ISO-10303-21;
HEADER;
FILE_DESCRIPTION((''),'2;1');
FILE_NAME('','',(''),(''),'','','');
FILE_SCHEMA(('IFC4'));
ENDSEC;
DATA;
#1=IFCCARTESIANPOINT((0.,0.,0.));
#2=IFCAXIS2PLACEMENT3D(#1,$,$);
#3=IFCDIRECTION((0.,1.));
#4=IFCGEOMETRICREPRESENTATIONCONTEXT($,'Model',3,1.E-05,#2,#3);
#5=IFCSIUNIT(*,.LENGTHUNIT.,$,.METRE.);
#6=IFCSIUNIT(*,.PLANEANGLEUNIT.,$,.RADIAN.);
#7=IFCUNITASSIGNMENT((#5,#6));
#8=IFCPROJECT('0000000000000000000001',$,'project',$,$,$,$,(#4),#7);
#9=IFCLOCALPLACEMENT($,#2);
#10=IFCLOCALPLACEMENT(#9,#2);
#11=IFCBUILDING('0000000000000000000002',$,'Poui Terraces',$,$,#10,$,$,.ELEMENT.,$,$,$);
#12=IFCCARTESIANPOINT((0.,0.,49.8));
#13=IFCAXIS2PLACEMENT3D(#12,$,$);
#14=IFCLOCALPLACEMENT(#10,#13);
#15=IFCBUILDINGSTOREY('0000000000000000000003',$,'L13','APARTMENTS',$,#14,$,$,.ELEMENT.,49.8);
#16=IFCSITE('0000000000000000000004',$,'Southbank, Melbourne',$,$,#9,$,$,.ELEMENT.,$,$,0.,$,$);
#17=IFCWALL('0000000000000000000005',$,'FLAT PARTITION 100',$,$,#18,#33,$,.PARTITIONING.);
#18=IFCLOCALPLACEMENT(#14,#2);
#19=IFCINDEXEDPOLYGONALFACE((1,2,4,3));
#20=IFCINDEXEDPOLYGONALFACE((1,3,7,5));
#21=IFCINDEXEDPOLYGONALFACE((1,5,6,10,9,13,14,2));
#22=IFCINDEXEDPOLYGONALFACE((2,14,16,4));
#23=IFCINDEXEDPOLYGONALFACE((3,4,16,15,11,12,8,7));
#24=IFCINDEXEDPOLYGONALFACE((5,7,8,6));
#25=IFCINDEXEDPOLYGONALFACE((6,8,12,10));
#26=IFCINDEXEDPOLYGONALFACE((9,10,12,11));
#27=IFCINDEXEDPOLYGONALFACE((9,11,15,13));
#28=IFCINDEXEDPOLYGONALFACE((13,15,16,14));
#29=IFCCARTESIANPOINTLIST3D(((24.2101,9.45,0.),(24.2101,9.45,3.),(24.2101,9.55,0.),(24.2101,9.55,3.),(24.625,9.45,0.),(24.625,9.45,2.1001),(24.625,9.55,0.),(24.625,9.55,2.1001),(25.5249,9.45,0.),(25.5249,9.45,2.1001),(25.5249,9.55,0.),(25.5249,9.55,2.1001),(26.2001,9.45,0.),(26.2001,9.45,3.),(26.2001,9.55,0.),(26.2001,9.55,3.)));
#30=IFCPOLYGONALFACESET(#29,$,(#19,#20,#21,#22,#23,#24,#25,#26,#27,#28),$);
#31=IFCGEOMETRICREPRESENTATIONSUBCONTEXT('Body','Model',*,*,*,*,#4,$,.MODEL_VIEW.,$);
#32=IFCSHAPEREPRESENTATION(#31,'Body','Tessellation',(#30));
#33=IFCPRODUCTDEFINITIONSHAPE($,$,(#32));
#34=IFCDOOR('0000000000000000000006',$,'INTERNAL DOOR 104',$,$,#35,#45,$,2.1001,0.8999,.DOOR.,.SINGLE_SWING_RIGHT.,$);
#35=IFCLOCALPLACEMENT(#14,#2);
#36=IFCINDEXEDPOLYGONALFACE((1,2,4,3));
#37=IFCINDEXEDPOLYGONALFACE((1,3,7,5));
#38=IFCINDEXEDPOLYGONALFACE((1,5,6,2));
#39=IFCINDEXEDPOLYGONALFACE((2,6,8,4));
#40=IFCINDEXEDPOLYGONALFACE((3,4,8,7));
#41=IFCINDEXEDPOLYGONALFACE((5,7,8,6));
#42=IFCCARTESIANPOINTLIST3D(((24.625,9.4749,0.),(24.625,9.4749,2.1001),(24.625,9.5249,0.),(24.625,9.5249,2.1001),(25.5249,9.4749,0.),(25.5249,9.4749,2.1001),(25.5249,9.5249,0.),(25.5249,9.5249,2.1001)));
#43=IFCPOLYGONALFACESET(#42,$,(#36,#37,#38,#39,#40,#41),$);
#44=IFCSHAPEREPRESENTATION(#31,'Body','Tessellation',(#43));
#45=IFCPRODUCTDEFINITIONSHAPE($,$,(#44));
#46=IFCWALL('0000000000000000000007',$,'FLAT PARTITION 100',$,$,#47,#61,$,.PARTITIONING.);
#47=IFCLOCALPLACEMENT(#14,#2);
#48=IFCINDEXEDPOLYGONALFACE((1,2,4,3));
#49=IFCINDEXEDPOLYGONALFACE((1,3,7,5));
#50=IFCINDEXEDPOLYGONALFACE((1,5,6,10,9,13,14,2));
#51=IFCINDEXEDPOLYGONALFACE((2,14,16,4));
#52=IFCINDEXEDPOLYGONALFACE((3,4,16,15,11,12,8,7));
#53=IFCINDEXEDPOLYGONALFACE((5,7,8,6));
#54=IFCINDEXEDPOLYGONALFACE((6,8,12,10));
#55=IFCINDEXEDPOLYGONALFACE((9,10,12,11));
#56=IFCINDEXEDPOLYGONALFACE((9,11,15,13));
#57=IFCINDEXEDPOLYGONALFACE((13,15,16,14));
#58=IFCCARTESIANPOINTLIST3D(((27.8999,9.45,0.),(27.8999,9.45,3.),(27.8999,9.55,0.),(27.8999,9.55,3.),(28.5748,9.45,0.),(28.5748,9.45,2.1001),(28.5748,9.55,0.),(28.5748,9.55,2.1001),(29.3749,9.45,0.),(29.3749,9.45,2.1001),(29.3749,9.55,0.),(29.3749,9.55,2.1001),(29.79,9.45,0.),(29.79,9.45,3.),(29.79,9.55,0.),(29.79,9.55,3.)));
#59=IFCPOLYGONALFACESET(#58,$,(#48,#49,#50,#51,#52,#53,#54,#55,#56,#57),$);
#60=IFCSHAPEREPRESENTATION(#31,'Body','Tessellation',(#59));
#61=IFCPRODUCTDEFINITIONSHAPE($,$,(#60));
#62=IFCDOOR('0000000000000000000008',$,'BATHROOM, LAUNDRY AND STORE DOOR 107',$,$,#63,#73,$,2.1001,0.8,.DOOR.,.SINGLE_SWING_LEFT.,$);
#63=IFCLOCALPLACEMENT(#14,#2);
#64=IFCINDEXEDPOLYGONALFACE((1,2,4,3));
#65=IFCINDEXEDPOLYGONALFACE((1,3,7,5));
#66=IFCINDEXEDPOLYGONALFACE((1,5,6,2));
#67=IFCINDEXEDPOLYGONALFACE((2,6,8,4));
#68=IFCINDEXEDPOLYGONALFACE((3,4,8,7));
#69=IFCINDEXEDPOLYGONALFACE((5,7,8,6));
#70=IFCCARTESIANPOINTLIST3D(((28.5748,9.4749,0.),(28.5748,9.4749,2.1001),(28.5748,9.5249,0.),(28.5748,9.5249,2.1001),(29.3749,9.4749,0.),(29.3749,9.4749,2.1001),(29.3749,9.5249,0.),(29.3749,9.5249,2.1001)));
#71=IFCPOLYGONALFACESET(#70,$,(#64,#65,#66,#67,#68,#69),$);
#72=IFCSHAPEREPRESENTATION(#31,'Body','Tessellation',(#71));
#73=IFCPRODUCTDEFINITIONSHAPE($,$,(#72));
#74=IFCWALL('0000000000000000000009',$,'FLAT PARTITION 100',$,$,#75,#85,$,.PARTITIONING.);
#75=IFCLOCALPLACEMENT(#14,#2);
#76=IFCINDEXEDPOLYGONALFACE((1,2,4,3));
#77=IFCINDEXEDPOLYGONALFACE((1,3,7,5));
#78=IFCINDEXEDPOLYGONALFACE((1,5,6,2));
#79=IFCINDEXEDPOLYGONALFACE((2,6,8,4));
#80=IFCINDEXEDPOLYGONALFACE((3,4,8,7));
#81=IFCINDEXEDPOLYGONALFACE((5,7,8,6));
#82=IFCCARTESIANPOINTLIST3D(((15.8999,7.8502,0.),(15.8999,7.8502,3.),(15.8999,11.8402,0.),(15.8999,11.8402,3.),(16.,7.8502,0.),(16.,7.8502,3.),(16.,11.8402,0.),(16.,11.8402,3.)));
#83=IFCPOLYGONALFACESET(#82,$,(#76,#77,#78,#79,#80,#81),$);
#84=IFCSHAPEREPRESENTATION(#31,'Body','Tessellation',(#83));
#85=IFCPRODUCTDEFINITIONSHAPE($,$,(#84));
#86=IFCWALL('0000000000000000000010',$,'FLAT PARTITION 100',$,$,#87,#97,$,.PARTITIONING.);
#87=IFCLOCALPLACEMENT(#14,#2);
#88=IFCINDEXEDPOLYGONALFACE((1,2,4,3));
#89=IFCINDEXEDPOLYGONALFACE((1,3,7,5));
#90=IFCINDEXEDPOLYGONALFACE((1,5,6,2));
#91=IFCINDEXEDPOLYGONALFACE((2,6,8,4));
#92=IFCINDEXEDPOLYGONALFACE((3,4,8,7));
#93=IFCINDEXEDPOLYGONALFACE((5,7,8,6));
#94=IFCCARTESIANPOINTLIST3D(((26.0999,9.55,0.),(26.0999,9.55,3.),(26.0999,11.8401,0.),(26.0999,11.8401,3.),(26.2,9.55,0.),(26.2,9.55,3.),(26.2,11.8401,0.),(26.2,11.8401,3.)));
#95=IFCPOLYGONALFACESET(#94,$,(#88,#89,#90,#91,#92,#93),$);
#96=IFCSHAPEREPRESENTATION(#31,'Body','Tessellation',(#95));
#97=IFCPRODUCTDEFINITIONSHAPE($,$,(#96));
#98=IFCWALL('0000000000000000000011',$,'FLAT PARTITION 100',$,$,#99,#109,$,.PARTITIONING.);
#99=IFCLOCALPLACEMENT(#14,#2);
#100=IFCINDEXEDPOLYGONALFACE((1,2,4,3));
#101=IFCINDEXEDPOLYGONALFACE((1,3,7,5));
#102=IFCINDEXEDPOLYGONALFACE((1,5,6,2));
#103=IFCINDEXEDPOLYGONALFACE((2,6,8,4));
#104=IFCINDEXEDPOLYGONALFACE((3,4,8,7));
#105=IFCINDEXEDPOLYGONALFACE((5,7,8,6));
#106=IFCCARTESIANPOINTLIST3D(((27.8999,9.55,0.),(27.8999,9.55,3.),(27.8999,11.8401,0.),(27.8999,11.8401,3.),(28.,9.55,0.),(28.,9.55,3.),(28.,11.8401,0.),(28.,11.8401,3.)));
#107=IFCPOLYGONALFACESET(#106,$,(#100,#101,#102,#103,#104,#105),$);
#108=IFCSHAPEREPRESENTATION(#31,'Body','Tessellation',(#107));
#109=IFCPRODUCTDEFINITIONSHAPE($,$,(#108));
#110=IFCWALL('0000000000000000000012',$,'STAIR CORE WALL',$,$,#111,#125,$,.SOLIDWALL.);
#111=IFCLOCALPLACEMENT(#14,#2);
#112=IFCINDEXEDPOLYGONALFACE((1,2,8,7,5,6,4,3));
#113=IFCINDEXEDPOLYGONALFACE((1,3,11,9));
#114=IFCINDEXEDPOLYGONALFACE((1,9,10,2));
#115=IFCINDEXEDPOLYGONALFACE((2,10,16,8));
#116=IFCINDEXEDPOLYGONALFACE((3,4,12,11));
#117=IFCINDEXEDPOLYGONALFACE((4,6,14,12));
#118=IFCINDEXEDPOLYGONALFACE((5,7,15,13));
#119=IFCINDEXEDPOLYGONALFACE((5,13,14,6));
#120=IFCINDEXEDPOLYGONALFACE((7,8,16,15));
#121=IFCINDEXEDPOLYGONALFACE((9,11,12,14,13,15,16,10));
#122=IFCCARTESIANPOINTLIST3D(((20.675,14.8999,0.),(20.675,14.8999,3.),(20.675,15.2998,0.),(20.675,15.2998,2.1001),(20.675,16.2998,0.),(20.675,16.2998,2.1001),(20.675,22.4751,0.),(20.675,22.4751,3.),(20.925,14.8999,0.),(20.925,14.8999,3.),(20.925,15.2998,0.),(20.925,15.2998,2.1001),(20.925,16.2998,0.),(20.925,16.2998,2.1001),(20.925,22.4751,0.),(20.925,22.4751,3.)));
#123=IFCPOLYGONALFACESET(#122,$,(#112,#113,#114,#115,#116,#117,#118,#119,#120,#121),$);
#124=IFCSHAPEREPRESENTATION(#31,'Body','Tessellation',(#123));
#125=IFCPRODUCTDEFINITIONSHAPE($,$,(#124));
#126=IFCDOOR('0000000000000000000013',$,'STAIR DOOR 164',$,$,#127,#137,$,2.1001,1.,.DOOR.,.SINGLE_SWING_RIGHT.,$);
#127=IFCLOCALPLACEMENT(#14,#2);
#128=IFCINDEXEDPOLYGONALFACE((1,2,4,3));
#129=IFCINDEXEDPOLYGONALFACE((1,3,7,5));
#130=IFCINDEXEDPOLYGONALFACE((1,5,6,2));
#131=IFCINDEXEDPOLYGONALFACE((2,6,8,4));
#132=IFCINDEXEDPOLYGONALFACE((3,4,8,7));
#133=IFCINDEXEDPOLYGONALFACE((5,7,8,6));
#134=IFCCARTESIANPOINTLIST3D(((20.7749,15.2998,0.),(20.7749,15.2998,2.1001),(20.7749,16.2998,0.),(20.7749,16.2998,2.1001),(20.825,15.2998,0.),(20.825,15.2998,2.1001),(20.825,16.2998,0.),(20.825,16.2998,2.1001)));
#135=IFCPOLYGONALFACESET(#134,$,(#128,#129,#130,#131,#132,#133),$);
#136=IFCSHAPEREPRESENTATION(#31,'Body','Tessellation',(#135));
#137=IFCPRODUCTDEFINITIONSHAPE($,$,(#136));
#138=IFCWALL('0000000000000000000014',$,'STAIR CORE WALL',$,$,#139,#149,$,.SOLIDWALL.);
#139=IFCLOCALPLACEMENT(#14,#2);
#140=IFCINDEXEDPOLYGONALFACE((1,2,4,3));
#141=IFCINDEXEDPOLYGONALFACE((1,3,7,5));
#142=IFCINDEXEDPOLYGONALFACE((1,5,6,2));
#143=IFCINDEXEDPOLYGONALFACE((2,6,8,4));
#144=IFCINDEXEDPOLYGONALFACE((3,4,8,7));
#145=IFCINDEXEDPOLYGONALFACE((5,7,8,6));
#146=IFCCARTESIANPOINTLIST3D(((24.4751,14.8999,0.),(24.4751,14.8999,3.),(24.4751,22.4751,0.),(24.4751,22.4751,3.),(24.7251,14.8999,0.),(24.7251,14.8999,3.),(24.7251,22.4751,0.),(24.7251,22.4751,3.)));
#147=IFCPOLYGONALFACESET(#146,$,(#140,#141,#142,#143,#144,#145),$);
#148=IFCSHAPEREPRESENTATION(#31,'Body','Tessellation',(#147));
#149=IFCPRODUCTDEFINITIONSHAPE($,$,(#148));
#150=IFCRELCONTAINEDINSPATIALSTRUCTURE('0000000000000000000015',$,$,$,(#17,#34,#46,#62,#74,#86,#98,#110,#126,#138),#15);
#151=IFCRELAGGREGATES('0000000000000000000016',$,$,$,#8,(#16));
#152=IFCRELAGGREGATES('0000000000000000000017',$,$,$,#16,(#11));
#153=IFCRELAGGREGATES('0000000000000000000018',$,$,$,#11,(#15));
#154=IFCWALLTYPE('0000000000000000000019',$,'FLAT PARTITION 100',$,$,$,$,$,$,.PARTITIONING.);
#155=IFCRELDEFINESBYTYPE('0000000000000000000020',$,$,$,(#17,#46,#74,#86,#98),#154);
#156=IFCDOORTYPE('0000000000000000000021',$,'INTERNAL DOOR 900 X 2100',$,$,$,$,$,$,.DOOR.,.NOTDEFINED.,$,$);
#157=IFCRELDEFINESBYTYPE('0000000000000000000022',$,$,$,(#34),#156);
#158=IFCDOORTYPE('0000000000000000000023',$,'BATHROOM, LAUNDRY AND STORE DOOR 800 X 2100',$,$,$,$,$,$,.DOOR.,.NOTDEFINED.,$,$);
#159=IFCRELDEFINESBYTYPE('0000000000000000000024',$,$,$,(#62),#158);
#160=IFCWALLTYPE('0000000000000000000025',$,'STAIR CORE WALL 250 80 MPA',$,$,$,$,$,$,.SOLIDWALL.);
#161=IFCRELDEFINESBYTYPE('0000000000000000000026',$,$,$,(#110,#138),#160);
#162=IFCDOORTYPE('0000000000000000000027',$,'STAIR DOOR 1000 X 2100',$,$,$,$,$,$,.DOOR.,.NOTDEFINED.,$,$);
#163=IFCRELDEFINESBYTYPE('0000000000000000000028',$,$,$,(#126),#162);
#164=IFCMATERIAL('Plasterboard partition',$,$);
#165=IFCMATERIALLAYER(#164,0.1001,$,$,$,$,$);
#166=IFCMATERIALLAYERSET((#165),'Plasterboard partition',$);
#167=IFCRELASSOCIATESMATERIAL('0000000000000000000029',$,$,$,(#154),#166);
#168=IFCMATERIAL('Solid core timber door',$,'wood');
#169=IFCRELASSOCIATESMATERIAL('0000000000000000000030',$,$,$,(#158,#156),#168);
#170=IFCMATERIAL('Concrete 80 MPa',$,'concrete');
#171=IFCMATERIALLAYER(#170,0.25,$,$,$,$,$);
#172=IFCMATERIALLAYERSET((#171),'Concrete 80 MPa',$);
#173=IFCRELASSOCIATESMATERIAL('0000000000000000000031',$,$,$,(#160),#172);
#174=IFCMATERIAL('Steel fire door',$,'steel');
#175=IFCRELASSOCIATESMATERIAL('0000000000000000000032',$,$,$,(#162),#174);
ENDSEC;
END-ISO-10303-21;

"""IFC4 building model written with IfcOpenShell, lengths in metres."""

from ifc_helpers import new_model, si_unit, direction, frame, frame_2d, origin, place, context, subcontext, project, spatial, rectangle, extrude, material, layer, layer_set, type_object, element, fill, save


model = new_model("IFC4")

# Units and contexts
model_context = context("Model", 3, precision=1e-05, world=origin(), true_north=direction((0.0, 1.0)))
body_context = subcontext(model_context, "Body", "Model", "MODEL_VIEW")
ifc_project = project(units=[si_unit("LENGTHUNIT", "METRE"), si_unit("PLANEANGLEUNIT", "RADIAN")], contexts=[model_context])

# Site, building, storey
site_placement = place(None, origin())
site = spatial("IfcSite", under=ifc_project, at=site_placement, Name="Southbank, Melbourne", CompositionType="ELEMENT", RefElevation=0.0)
building_placement = place(site_placement, origin())
building = spatial("IfcBuilding", under=site, at=building_placement, Name="Poui Terraces", CompositionType="ELEMENT")
storey_placement = place(building_placement, frame((0.0, 0.0, 49.8)))
storey = spatial("IfcBuildingStorey", under=building, at=storey_placement, Name="L13", Description="APARTMENTS", CompositionType="ELEMENT", Elevation=49.8)

# Shared definitions
ifc_material_1 = material(Name="Concrete 80 MPa", Category="concrete")

# Shared definitions
ifc_material_2 = material(Name="Steel fire door", Category="steel")

# Walls, openings, doors
ifc_material_3 = material(Name="Plasterboard partition")
ifc_layer_1 = layer(ifc_material_3, 0.1001)
ifc_layer_set_1 = layer_set([ifc_layer_1], Name="Plasterboard partition")
wall_type_1 = type_object("IfcWallType", Name="FLAT PARTITION 100", PredefinedType="PARTITIONING", material=ifc_layer_set_1)
ifc_material_4 = material(Name="Solid core timber door", Category="wood")
door_type_1 = type_object("IfcDoorType", Name="BATHROOM, LAUNDRY AND STORE DOOR 800 X 2100", OperationType="NOTDEFINED", PredefinedType="DOOR", material=ifc_material_4)
wall_1_placement = place(storey_placement, frame((24.21, 9.5, 0.0), z_axis=(0.0, 0.0, 1.0), x_axis=(1.0, 0.0, 0.0)))
wall_1 = element("IfcWall", 1, at=wall_1_placement, inside=storey, type_object=wall_type_1, Name="FLAT PARTITION 100", PredefinedType="PARTITIONING", context=body_context, shape_type="SweptSolid", body=[
    extrude(rectangle(XDim=1.99, YDim=0.1001, at=frame_2d((0.9951, 0.0))), origin(), (0.0, 0.0, 1.0), 3.0),
])
opening_1_placement = place(wall_1_placement, frame((0.415, 0.0, 0.0)))
opening_1 = element("IfcOpeningElement", 2, at=opening_1_placement, cuts=wall_1, PredefinedType="OPENING", context=body_context, shape_type="SweptSolid", body=[
    extrude(rectangle(XDim=0.8999, YDim=2.1001, at=frame_2d((0.45, 1.05))), frame((0.0, 0.0601, 0.0), z_axis=(0.0, -1.0, 0.0), x_axis=(1.0, 0.0, 0.0)), (0.0, 0.0, 1.0), 0.1201),
])
door_type_2 = type_object("IfcDoorType", Name="INTERNAL DOOR 900 X 2100", OperationType="NOTDEFINED", PredefinedType="DOOR", material=ifc_material_4)
door_1_placement = place(opening_1_placement, origin())
door_1 = element("IfcDoor", 3, at=door_1_placement, inside=storey, type_object=door_type_2, Name="INTERNAL DOOR 104", OperationType="SINGLE_SWING_RIGHT", OverallHeight=2.1001, OverallWidth=0.8999, PredefinedType="DOOR", context=body_context, shape_type="SweptSolid", body=[
    extrude(rectangle(XDim=0.8999, YDim=2.1001, at=frame_2d((0.45, 1.05))), frame((0.0, 0.0249, 0.0), z_axis=(0.0, -1.0, 0.0), x_axis=(1.0, 0.0, 0.0)), (0.0, 0.0, 1.0), 0.05),
])
fill(opening_1, door_1)
wall_2_placement = place(storey_placement, frame((27.8999, 9.5, 0.0), z_axis=(0.0, 0.0, 1.0), x_axis=(1.0, 0.0, 0.0)))
wall_2 = element("IfcWall", 4, at=wall_2_placement, inside=storey, type_object=wall_type_1, Name="FLAT PARTITION 100", PredefinedType="PARTITIONING", context=body_context, shape_type="SweptSolid", body=[
    extrude(rectangle(XDim=1.8901, YDim=0.1001, at=frame_2d((0.9451, 0.0))), origin(), (0.0, 0.0, 1.0), 3.0),
])
opening_2_placement = place(wall_2_placement, frame((0.675, 0.0, 0.0)))
opening_2 = element("IfcOpeningElement", 5, at=opening_2_placement, cuts=wall_2, PredefinedType="OPENING", context=body_context, shape_type="SweptSolid", body=[
    extrude(rectangle(XDim=0.8, YDim=2.1001, at=frame_2d((0.3999, 1.05))), frame((0.0, 0.0601, 0.0), z_axis=(0.0, -1.0, 0.0), x_axis=(1.0, 0.0, 0.0)), (0.0, 0.0, 1.0), 0.1201),
])
door_2_placement = place(opening_2_placement, origin())
door_2 = element("IfcDoor", 6, at=door_2_placement, inside=storey, type_object=door_type_1, Name="BATHROOM, LAUNDRY AND STORE DOOR 107", OperationType="SINGLE_SWING_LEFT", OverallHeight=2.1001, OverallWidth=0.8, PredefinedType="DOOR", context=body_context, shape_type="SweptSolid", body=[
    extrude(rectangle(XDim=0.8, YDim=2.1001, at=frame_2d((0.3999, 1.05))), frame((0.0, 0.0249, 0.0), z_axis=(0.0, -1.0, 0.0), x_axis=(1.0, 0.0, 0.0)), (0.0, 0.0, 1.0), 0.05),
])
fill(opening_2, door_2)

# Walls
wall_3_placement = place(storey_placement, frame((15.95, 7.8501, 0.0), z_axis=(0.0, 0.0, 1.0), x_axis=(0.0, 1.0, 0.0)))
element("IfcWall", 7, at=wall_3_placement, inside=storey, type_object=wall_type_1, Name="FLAT PARTITION 100", PredefinedType="PARTITIONING", context=body_context, shape_type="SweptSolid", body=[
    extrude(rectangle(XDim=3.99, YDim=0.1001, at=frame_2d((1.9951, 0.0))), origin(), (0.0, 0.0, 1.0), 3.0),
])
for number, where, z_axis, x_axis, name in (
    (8, (26.1499, 9.55, 0.0), (0.0, 0.0, 1.0), (0.0, 1.0, 0.0), "FLAT PARTITION 100"),
    (9, (27.95, 9.55, 0.0), (0.0, 0.0, 1.0), (0.0, 1.0, 0.0), "FLAT PARTITION 100"),
):
    element("IfcWall", number, at=place(storey_placement, frame(where, z_axis=z_axis, x_axis=x_axis)), inside=storey, type_object=wall_type_1, Name=name, PredefinedType="PARTITIONING", context=body_context, shape_type="SweptSolid", body=[
        extrude(rectangle(XDim=2.29, YDim=0.1001, at=frame_2d((1.145, 0.0))), origin(), (0.0, 0.0, 1.0), 3.0),
    ])

# Wall, opening, door
ifc_layer_2 = layer(ifc_material_1, 0.25)
ifc_layer_set_2 = layer_set([ifc_layer_2], Name="Concrete 80 MPa")
wall_type_2 = type_object("IfcWallType", Name="STAIR CORE WALL 250 80 MPA", PredefinedType="SOLIDWALL", material=ifc_layer_set_2)
wall_4_placement = place(storey_placement, frame((20.8, 14.8999, 0.0), z_axis=(0.0, 0.0, 1.0), x_axis=(0.0, 1.0, 0.0)))
wall_4 = element("IfcWall", 10, at=wall_4_placement, inside=storey, type_object=wall_type_2, Name="STAIR CORE WALL", PredefinedType="SOLIDWALL", context=body_context, shape_type="SweptSolid", body=[
    extrude(rectangle(XDim=7.5752, YDim=0.25, at=frame_2d((3.7876, 0.0))), origin(), (0.0, 0.0, 1.0), 3.0),
])
opening_3_placement = place(wall_4_placement, frame((0.3999, 0.0, 0.0)))
opening_3 = element("IfcOpeningElement", 11, at=opening_3_placement, cuts=wall_4, PredefinedType="OPENING", context=body_context, shape_type="SweptSolid", body=[
    extrude(rectangle(XDim=1.0, YDim=2.1001, at=frame_2d((0.5, 1.05))), frame((0.0, 0.135, 0.0), z_axis=(0.0, -1.0, 0.0), x_axis=(1.0, 0.0, 0.0)), (0.0, 0.0, 1.0), 0.27),
])
door_type_3 = type_object("IfcDoorType", Name="STAIR DOOR 1000 X 2100", OperationType="NOTDEFINED", PredefinedType="DOOR", material=ifc_material_2)
door_3_placement = place(opening_3_placement, frame((1.0, 0.0, 0.0), z_axis=(0.0, 0.0, 1.0), x_axis=(-1.0, 0.0, 0.0)))
door_3 = element("IfcDoor", 12, at=door_3_placement, inside=storey, type_object=door_type_3, Name="STAIR DOOR 164", OperationType="SINGLE_SWING_RIGHT", OverallHeight=2.1001, OverallWidth=1.0, PredefinedType="DOOR", context=body_context, shape_type="SweptSolid", body=[
    extrude(rectangle(XDim=1.0, YDim=2.1001, at=frame_2d((0.5, 1.05))), frame((0.0, 0.0249, 0.0), z_axis=(0.0, -1.0, 0.0), x_axis=(1.0, 0.0, 0.0)), (0.0, 0.0, 1.0), 0.05),
])
fill(opening_3, door_3)

# Wall
wall_5_placement = place(storey_placement, frame((24.6001, 14.8999, 0.0), z_axis=(0.0, 0.0, 1.0), x_axis=(0.0, 1.0, 0.0)))
element("IfcWall", 13, at=wall_5_placement, inside=storey, type_object=wall_type_2, Name="STAIR CORE WALL", PredefinedType="SOLIDWALL", context=body_context, shape_type="SweptSolid", body=[
    extrude(rectangle(XDim=7.5752, YDim=0.25, at=frame_2d((3.7876, 0.0))), origin(), (0.0, 0.0, 1.0), 3.0),
])

save(model, "model.ifc")
